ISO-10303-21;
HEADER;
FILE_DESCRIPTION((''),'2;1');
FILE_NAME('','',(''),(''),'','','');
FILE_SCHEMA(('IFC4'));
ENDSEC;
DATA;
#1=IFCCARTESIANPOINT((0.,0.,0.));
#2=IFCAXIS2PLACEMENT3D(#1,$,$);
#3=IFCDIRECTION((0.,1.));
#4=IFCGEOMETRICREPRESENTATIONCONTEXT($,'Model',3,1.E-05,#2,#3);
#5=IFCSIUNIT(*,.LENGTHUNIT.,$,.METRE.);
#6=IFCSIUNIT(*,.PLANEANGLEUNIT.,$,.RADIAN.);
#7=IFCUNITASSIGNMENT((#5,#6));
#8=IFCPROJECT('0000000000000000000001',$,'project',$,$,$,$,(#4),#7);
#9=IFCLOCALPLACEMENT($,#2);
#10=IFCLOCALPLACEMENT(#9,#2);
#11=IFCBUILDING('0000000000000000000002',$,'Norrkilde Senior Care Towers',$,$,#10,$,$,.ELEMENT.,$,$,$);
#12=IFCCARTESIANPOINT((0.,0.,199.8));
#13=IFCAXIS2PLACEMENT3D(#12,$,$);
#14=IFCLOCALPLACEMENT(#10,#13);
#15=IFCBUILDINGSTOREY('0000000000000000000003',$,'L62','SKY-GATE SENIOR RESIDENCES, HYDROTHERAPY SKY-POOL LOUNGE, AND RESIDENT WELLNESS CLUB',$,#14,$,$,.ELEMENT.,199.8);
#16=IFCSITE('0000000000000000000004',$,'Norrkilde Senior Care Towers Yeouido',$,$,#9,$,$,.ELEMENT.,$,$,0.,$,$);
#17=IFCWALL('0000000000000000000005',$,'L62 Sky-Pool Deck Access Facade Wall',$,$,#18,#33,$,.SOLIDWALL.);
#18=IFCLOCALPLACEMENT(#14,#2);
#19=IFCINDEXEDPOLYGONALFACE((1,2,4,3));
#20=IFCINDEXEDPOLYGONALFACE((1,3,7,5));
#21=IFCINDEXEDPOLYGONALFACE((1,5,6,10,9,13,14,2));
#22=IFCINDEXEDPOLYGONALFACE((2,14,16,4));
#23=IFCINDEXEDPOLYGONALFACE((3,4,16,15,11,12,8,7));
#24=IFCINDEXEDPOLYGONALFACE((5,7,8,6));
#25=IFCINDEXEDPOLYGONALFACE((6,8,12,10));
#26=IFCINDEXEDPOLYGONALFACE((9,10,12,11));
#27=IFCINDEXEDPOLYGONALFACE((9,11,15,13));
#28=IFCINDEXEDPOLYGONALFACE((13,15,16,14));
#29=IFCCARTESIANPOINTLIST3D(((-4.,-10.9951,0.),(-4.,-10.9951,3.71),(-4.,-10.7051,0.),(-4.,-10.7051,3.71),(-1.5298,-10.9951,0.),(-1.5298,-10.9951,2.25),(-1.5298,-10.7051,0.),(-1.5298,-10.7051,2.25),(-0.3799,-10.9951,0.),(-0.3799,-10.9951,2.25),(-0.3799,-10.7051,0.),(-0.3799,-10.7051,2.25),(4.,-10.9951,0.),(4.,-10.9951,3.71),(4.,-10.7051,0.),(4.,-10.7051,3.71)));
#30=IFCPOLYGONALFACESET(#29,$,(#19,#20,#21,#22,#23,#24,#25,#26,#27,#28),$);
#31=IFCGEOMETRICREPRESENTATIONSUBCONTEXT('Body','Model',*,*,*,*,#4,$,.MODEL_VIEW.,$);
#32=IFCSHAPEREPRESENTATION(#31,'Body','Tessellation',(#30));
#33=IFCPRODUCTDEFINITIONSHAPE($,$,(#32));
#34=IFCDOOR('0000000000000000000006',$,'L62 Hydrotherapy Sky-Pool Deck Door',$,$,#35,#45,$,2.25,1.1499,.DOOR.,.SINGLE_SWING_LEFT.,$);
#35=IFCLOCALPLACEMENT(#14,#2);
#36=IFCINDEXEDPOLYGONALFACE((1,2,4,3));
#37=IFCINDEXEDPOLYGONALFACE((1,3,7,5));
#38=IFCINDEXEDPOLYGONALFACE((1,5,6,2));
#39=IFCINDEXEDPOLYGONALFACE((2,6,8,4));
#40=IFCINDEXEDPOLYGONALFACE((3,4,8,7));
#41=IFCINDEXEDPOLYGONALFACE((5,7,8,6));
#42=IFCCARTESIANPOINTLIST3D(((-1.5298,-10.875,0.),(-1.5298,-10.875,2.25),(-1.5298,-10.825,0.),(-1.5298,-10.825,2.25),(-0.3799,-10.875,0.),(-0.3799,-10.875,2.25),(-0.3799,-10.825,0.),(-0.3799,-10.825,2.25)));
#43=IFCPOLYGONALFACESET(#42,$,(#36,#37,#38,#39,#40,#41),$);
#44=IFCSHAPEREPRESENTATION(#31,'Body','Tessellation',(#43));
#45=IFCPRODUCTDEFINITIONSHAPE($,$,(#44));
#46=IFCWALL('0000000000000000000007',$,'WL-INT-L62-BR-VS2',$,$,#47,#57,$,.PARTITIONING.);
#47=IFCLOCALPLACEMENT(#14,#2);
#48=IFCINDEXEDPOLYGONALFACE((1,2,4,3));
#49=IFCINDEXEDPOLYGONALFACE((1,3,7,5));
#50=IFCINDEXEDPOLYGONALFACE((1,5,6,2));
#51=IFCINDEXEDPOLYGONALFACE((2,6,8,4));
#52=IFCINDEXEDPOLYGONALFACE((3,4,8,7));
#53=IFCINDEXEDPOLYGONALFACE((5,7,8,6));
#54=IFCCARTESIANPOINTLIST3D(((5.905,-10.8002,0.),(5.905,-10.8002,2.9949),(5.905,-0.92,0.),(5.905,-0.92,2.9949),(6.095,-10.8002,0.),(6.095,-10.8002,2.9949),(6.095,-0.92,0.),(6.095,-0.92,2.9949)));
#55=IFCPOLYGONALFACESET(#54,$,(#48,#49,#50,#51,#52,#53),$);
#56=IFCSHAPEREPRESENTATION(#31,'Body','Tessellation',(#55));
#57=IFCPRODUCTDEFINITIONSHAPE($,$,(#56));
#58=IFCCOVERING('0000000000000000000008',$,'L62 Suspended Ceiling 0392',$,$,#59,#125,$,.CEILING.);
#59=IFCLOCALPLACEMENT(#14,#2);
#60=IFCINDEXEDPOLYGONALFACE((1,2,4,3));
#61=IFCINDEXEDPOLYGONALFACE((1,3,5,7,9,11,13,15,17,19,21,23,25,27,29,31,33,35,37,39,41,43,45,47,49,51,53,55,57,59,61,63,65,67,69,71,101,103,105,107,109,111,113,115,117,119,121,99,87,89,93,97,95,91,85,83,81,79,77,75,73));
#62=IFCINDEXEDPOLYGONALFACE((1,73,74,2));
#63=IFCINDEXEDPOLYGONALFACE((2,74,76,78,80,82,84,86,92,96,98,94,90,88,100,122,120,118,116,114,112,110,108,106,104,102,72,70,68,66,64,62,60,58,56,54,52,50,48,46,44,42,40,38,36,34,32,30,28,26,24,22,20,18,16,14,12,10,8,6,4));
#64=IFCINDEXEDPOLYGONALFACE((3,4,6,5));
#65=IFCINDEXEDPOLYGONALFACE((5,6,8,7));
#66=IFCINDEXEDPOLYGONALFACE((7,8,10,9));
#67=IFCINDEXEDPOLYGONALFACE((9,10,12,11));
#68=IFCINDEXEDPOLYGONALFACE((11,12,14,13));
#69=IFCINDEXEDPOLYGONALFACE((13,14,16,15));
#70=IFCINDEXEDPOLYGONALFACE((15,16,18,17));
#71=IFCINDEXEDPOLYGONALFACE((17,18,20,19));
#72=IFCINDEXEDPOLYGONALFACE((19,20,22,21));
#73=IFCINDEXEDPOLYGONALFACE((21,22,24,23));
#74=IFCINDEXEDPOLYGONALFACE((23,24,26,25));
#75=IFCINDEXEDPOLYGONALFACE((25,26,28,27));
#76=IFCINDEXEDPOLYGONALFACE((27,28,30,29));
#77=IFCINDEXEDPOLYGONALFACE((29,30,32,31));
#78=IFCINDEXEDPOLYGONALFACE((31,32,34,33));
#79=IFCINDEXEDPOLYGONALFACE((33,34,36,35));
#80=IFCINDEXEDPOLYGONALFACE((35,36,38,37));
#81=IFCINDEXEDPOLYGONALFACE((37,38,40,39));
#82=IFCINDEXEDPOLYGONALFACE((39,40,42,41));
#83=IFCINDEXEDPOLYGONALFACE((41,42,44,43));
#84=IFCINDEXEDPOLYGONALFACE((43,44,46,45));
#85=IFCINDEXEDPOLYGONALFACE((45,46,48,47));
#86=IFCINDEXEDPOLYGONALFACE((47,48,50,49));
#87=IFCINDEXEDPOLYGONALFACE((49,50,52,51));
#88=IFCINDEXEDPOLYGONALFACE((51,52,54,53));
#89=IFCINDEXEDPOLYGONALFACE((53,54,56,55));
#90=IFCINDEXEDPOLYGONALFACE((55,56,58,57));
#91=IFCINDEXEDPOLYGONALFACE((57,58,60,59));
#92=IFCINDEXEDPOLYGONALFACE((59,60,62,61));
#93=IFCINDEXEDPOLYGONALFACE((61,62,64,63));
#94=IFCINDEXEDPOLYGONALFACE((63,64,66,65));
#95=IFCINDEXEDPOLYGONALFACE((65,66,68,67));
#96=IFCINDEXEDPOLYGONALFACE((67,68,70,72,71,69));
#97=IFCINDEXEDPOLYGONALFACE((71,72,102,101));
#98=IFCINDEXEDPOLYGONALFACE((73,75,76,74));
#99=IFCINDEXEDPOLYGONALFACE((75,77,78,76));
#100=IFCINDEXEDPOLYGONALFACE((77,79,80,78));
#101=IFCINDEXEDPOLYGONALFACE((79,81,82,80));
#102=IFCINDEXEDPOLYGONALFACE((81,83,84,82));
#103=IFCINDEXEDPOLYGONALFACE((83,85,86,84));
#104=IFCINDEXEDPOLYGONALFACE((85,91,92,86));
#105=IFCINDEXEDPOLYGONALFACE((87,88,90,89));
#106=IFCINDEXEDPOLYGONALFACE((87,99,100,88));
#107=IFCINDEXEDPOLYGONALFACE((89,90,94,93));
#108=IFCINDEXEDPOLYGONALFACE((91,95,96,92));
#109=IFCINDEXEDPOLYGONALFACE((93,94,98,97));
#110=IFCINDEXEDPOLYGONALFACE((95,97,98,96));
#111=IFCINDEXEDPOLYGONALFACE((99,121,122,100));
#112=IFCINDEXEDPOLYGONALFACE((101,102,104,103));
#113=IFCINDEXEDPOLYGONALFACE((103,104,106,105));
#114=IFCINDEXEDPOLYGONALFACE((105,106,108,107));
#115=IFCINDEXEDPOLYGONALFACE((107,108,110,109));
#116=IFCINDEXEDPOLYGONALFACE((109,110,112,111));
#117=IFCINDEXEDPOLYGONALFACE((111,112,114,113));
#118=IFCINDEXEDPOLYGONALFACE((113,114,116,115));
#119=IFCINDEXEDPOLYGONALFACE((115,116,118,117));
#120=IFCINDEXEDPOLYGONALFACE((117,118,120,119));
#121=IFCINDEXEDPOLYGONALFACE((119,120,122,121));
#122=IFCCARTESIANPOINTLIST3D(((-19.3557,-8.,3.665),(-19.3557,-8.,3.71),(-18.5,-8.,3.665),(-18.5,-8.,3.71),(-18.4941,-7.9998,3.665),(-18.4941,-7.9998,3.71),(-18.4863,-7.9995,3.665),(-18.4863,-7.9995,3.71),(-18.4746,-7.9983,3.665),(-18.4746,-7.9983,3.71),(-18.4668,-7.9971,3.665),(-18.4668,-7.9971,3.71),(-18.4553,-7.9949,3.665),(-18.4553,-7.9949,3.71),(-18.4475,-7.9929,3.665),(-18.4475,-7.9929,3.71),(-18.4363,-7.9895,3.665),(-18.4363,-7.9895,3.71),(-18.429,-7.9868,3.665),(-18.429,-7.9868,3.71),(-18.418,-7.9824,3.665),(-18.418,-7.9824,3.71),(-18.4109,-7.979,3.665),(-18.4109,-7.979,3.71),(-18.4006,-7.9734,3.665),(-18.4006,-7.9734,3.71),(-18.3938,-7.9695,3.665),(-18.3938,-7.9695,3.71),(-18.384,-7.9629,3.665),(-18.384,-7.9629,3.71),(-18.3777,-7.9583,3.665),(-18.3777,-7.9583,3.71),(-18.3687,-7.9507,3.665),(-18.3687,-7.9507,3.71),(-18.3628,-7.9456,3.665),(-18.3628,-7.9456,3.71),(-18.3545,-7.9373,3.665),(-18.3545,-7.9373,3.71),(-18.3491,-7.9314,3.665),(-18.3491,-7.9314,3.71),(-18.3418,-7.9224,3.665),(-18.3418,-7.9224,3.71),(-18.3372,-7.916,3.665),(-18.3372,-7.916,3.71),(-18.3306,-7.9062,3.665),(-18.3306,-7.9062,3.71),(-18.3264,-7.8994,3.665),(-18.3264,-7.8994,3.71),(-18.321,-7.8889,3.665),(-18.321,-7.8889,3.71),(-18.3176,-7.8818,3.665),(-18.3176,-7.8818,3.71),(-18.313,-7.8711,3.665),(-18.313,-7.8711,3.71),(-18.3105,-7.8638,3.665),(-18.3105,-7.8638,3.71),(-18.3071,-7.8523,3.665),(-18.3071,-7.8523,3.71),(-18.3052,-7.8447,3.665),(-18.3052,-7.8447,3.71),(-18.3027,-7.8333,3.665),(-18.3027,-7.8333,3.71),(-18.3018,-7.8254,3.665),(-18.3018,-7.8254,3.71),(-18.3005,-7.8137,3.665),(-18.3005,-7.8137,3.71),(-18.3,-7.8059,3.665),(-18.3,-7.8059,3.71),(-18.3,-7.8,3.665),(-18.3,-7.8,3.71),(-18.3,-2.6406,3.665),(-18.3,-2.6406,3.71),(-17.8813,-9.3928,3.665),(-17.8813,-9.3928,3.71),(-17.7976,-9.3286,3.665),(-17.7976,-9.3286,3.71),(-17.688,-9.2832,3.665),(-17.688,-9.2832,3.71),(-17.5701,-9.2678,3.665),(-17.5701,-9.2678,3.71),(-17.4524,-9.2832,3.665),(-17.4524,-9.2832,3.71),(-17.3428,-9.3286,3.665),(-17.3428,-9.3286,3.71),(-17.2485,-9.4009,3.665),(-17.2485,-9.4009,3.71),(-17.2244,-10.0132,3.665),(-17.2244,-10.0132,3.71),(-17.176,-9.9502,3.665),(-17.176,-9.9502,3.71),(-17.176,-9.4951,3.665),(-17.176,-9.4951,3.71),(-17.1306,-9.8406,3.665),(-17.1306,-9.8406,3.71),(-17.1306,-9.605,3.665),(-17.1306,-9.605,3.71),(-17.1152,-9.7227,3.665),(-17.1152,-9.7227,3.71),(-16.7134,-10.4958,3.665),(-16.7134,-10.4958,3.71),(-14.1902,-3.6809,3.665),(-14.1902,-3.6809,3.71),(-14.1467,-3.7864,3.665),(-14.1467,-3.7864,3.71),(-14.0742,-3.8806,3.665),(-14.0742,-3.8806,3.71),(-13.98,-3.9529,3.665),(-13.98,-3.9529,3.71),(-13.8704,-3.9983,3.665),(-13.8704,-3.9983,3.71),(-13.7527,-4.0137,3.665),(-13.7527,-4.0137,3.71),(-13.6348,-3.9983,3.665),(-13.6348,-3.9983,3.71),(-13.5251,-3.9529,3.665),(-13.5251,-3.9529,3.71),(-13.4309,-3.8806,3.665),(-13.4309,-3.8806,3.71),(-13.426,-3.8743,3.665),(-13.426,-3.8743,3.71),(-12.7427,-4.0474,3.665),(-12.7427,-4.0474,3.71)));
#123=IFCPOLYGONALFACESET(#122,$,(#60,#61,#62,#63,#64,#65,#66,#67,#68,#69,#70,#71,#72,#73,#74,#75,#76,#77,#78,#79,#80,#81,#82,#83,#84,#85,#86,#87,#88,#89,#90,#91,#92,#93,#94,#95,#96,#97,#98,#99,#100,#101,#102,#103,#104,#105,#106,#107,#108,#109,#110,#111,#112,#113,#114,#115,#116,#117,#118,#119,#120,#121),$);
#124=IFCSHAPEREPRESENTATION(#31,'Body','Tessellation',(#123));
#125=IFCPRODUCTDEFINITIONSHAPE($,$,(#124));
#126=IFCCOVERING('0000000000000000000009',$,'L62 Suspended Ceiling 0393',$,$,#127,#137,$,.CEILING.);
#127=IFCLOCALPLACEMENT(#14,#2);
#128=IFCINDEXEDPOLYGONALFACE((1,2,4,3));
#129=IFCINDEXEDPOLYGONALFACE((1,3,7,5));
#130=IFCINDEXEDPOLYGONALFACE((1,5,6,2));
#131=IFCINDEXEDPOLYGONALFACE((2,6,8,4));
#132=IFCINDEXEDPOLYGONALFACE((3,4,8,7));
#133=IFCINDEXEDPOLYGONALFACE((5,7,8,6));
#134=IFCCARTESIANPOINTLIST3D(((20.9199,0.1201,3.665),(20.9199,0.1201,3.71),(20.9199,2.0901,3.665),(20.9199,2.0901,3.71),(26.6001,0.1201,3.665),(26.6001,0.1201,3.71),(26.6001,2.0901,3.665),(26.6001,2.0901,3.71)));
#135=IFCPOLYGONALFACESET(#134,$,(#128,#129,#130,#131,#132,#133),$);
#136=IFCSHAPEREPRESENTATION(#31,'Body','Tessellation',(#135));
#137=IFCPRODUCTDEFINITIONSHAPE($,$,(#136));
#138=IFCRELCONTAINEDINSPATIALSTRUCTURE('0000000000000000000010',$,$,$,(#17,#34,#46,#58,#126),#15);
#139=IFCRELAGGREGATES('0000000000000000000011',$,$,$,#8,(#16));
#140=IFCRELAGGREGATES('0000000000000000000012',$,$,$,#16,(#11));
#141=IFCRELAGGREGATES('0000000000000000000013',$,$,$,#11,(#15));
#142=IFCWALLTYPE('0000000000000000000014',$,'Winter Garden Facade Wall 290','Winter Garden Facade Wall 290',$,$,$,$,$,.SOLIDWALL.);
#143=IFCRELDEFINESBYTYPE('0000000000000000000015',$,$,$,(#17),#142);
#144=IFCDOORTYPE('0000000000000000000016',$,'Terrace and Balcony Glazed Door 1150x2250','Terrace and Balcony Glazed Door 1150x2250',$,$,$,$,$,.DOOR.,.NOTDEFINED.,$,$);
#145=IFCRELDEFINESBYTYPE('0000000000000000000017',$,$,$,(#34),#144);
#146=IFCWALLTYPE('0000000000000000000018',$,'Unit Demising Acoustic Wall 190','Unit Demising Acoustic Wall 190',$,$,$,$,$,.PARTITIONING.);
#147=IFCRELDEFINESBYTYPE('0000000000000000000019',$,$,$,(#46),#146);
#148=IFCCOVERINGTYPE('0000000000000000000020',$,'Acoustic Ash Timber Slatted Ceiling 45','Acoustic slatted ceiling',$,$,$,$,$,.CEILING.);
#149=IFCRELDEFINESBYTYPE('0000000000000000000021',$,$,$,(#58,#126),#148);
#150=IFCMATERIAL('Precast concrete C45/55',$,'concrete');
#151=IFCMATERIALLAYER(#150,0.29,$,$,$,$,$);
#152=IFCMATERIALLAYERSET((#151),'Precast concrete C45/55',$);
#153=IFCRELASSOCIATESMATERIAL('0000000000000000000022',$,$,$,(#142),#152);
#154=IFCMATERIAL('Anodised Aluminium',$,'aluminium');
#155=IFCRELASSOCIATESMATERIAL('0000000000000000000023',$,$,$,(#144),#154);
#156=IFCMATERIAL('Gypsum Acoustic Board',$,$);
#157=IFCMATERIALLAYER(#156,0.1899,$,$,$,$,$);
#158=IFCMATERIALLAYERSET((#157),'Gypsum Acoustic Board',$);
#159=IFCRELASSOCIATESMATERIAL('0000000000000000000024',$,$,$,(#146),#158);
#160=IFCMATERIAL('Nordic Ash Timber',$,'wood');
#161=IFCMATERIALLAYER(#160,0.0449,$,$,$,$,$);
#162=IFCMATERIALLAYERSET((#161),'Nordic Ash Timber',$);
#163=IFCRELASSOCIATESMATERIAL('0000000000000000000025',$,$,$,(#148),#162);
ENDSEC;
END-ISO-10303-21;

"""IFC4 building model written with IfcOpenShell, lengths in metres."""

from ifc_helpers import new_model, si_unit, direction, frame, frame_2d, origin, place, context, subcontext, project, spatial, polyline, rectangle, outline, extrude, source, transform, mapped, material, layer, layer_set, type_object, type_shapes, element, fill, save


model = new_model("IFC4")

# Units and contexts
model_context = context("Model", 3, precision=1e-05, world=origin(), true_north=direction((0.0, 1.0)))
body_context = subcontext(model_context, "Body", "Model", "MODEL_VIEW")
ifc_project = project(units=[si_unit("LENGTHUNIT", "METRE"), si_unit("PLANEANGLEUNIT", "RADIAN")], contexts=[model_context])

# Site, building, storey
site_placement = place(None, origin())
site = spatial("IfcSite", under=ifc_project, at=site_placement, Name="Norrkilde Senior Care Towers Yeouido", CompositionType="ELEMENT", RefElevation=0.0)
building_placement = place(site_placement, origin())
building = spatial("IfcBuilding", under=site, at=building_placement, Name="Norrkilde Senior Care Towers", CompositionType="ELEMENT")
storey_placement = place(building_placement, frame((0.0, 0.0, 199.8)))
storey = spatial("IfcBuildingStorey", under=building, at=storey_placement, Name="L62", Description="SKY-GATE SENIOR RESIDENCES, HYDROTHERAPY SKY-POOL LOUNGE, AND RESIDENT WELLNESS CLUB", CompositionType="ELEMENT", Elevation=199.8)

# Shared definitions
ifc_material_1 = material(Name="Anodised Aluminium", Category="aluminium")

# Wall, opening, door
ifc_material_2 = material(Name="Precast concrete C45/55", Category="concrete")
ifc_layer_1 = layer(ifc_material_2, 0.29)
ifc_layer_set_1 = layer_set([ifc_layer_1], Name="Precast concrete C45/55")
wall_type_1 = type_object("IfcWallType", Name="Winter Garden Facade Wall 290", Description="Winter Garden Facade Wall 290", PredefinedType="SOLIDWALL", material=ifc_layer_set_1)
shared_shape_1 = source(origin(), body_context, "Body", "SweptSolid", [
    extrude(rectangle(XDim=8.0, YDim=0.29, at=frame_2d((4.0, 0.0))), origin(), (0.0, 0.0, 1.0), 3.71),
])
type_shapes(wall_type_1, [shared_shape_1])
wall_1_placement = place(storey_placement, frame((4.0, -10.8501, 0.0), z_axis=(0.0, 0.0, 1.0), x_axis=(-1.0, 0.0, 0.0)))
wall_1 = element("IfcWall", 1, at=wall_1_placement, inside=storey, type_object=wall_type_1, Name="L62 Sky-Pool Deck Access Facade Wall", PredefinedType="SOLIDWALL", context=body_context, shape_type="MappedRepresentation", body=[
    mapped(shared_shape_1, transform((0.0, 0.0, 0.0), x_axis=(1.0, 0.0, 0.0), y_axis=(0.0, 1.0, 0.0), z_axis=(0.0, 0.0, 1.0), scale=1.0)),
])
opening_placement = place(wall_1_placement, frame((4.3799, 0.0, 0.0)))
opening = element("IfcOpeningElement", 2, at=opening_placement, cuts=wall_1, PredefinedType="OPENING", context=body_context, shape_type="SweptSolid", body=[
    extrude(rectangle(XDim=1.1499, YDim=2.25, at=frame_2d((0.575, 1.125))), frame((0.0, 0.155, 0.0), z_axis=(0.0, -1.0, 0.0), x_axis=(1.0, 0.0, 0.0)), (0.0, 0.0, 1.0), 0.3101),
])
door_type = type_object("IfcDoorType", Name="Terrace and Balcony Glazed Door 1150x2250", Description="Terrace and Balcony Glazed Door 1150x2250", OperationType="NOTDEFINED", PredefinedType="DOOR", material=ifc_material_1)
shared_shape_2 = source(origin(), body_context, "Body", "SweptSolid", [
    extrude(rectangle(XDim=1.1499, YDim=2.25, at=frame_2d((0.575, 1.125))), frame((0.0, 0.0249, 0.0), z_axis=(0.0, -1.0, 0.0), x_axis=(1.0, 0.0, 0.0)), (0.0, 0.0, 1.0), 0.05),
])
type_shapes(door_type, [shared_shape_2])
door_placement = place(opening_placement, origin())
door = element("IfcDoor", 3, at=door_placement, inside=storey, type_object=door_type, Name="L62 Hydrotherapy Sky-Pool Deck Door", OperationType="SINGLE_SWING_LEFT", OverallHeight=2.25, OverallWidth=1.1499, PredefinedType="DOOR", context=body_context, shape_type="MappedRepresentation", body=[
    mapped(shared_shape_2, transform((0.0, 0.0, 0.0), x_axis=(1.0, 0.0, 0.0), y_axis=(0.0, 1.0, 0.0), z_axis=(0.0, 0.0, 1.0), scale=1.0)),
])
fill(opening, door)

# Wall
ifc_material_3 = material(Name="Gypsum Acoustic Board")
ifc_layer_2 = layer(ifc_material_3, 0.1899)
ifc_layer_set_2 = layer_set([ifc_layer_2], Name="Gypsum Acoustic Board")
wall_type_2 = type_object("IfcWallType", Name="Unit Demising Acoustic Wall 190", Description="Unit Demising Acoustic Wall 190", PredefinedType="PARTITIONING", material=ifc_layer_set_2)
shared_shape_3 = source(origin(), body_context, "Body", "SweptSolid", [
    extrude(rectangle(XDim=9.8801, YDim=0.1899, at=frame_2d((4.9399, 0.0))), origin(), (0.0, 0.0, 1.0), 2.9949),
])
type_shapes(wall_type_2, [shared_shape_3])
wall_2_placement = place(storey_placement, frame((6.0, -10.8, 0.0), z_axis=(0.0, 0.0, 1.0), x_axis=(0.0, 1.0, 0.0)))
element("IfcWall", 4, at=wall_2_placement, inside=storey, type_object=wall_type_2, Name="WL-INT-L62-BR-VS2", PredefinedType="PARTITIONING", context=body_context, shape_type="MappedRepresentation", body=[
    mapped(shared_shape_3, transform((0.0, 0.0, 0.0), x_axis=(1.0, 0.0, 0.0), y_axis=(0.0, 1.0, 0.0), z_axis=(0.0, 0.0, 1.0), scale=1.0)),
])

# Coverings
ifc_material_4 = material(Name="Nordic Ash Timber", Category="wood")
ifc_layer_3 = layer(ifc_material_4, 0.0449)
ifc_layer_set_3 = layer_set([ifc_layer_3], Name="Nordic Ash Timber")
covering_type_1 = type_object("IfcCoveringType", Name="Acoustic Ash Timber Slatted Ceiling 45", Description="Acoustic slatted ceiling", PredefinedType="CEILING", material=ifc_layer_set_3)
covering_1_placement = place(storey_placement, frame((0.0, 0.0, 3.665)))
element("IfcCovering", 5, at=covering_1_placement, inside=storey, type_object=covering_type_1, Name="L62 Suspended Ceiling 0392", PredefinedType="CEILING", context=body_context, shape_type="SweptSolid", body=[
    extrude(outline(polyline([(-18.4475, -7.9929), (-18.4363, -7.9895), (-18.429, -7.9868), (-18.418, -7.9824), (-18.4109, -7.979), (-18.4006, -7.9734), (-18.3938, -7.9695), (-18.384, -7.9629), (-18.3777, -7.9583), (-18.3687, -7.9507), (-18.3628, -7.9456), (-18.3545, -7.9373), (-18.3491, -7.9314), (-18.3418, -7.9224), (-18.3372, -7.916), (-18.3306, -7.9062), (-18.3264, -7.8994), (-18.321, -7.8889), (-18.3176, -7.8818), (-18.313, -7.8711), (-18.3105, -7.8638), (-18.3071, -7.8523), (-18.3052, -7.8447), (-18.3027, -7.8333), (-18.3018, -7.8254), (-18.3005, -7.8137), (-18.3, -7.8059), (-18.3, -7.8), (-18.3, -2.6406), (-14.1902, -3.6809), (-14.1467, -3.7864), (-14.0742, -3.8806), (-13.98, -3.9529), (-13.8704, -3.9983), (-13.7527, -4.0137), (-13.6348, -3.9983), (-13.5251, -3.9529), (-13.4309, -3.8806), (-13.426, -3.8743), (-12.7427, -4.0474), (-16.7134, -10.4958), (-17.2244, -10.0132), (-17.176, -9.9502), (-17.1306, -9.8406), (-17.1152, -9.7227), (-17.1306, -9.605), (-17.176, -9.4951), (-17.2485, -9.4009), (-17.3428, -9.3286), (-17.4524, -9.2832), (-17.5701, -9.2678), (-17.688, -9.2832), (-17.7976, -9.3286), (-17.8813, -9.3928), (-19.3557, -8.0), (-18.5, -8.0), (-18.4941, -7.9998), (-18.4863, -7.9995), (-18.4746, -7.9983), (-18.4668, -7.9971), (-18.4553, -7.9949), (-18.4475, -7.9929)])), origin(), (0.0, 0.0, 1.0), 0.0449),
])
covering_2_placement = place(storey_placement, frame((0.0, 0.0, 3.665)))
element("IfcCovering", 6, at=covering_2_placement, inside=storey, type_object=covering_type_1, Name="L62 Suspended Ceiling 0393", PredefinedType="CEILING", context=body_context, shape_type="SweptSolid", body=[
    extrude(outline(polyline([(20.9199, 0.1201), (20.9199, 2.0901), (26.6001, 2.0901), (26.6001, 0.1201), (20.9199, 0.1201)])), origin(), (0.0, 0.0, 1.0), 0.0449),
])

save(model, "model.ifc")
